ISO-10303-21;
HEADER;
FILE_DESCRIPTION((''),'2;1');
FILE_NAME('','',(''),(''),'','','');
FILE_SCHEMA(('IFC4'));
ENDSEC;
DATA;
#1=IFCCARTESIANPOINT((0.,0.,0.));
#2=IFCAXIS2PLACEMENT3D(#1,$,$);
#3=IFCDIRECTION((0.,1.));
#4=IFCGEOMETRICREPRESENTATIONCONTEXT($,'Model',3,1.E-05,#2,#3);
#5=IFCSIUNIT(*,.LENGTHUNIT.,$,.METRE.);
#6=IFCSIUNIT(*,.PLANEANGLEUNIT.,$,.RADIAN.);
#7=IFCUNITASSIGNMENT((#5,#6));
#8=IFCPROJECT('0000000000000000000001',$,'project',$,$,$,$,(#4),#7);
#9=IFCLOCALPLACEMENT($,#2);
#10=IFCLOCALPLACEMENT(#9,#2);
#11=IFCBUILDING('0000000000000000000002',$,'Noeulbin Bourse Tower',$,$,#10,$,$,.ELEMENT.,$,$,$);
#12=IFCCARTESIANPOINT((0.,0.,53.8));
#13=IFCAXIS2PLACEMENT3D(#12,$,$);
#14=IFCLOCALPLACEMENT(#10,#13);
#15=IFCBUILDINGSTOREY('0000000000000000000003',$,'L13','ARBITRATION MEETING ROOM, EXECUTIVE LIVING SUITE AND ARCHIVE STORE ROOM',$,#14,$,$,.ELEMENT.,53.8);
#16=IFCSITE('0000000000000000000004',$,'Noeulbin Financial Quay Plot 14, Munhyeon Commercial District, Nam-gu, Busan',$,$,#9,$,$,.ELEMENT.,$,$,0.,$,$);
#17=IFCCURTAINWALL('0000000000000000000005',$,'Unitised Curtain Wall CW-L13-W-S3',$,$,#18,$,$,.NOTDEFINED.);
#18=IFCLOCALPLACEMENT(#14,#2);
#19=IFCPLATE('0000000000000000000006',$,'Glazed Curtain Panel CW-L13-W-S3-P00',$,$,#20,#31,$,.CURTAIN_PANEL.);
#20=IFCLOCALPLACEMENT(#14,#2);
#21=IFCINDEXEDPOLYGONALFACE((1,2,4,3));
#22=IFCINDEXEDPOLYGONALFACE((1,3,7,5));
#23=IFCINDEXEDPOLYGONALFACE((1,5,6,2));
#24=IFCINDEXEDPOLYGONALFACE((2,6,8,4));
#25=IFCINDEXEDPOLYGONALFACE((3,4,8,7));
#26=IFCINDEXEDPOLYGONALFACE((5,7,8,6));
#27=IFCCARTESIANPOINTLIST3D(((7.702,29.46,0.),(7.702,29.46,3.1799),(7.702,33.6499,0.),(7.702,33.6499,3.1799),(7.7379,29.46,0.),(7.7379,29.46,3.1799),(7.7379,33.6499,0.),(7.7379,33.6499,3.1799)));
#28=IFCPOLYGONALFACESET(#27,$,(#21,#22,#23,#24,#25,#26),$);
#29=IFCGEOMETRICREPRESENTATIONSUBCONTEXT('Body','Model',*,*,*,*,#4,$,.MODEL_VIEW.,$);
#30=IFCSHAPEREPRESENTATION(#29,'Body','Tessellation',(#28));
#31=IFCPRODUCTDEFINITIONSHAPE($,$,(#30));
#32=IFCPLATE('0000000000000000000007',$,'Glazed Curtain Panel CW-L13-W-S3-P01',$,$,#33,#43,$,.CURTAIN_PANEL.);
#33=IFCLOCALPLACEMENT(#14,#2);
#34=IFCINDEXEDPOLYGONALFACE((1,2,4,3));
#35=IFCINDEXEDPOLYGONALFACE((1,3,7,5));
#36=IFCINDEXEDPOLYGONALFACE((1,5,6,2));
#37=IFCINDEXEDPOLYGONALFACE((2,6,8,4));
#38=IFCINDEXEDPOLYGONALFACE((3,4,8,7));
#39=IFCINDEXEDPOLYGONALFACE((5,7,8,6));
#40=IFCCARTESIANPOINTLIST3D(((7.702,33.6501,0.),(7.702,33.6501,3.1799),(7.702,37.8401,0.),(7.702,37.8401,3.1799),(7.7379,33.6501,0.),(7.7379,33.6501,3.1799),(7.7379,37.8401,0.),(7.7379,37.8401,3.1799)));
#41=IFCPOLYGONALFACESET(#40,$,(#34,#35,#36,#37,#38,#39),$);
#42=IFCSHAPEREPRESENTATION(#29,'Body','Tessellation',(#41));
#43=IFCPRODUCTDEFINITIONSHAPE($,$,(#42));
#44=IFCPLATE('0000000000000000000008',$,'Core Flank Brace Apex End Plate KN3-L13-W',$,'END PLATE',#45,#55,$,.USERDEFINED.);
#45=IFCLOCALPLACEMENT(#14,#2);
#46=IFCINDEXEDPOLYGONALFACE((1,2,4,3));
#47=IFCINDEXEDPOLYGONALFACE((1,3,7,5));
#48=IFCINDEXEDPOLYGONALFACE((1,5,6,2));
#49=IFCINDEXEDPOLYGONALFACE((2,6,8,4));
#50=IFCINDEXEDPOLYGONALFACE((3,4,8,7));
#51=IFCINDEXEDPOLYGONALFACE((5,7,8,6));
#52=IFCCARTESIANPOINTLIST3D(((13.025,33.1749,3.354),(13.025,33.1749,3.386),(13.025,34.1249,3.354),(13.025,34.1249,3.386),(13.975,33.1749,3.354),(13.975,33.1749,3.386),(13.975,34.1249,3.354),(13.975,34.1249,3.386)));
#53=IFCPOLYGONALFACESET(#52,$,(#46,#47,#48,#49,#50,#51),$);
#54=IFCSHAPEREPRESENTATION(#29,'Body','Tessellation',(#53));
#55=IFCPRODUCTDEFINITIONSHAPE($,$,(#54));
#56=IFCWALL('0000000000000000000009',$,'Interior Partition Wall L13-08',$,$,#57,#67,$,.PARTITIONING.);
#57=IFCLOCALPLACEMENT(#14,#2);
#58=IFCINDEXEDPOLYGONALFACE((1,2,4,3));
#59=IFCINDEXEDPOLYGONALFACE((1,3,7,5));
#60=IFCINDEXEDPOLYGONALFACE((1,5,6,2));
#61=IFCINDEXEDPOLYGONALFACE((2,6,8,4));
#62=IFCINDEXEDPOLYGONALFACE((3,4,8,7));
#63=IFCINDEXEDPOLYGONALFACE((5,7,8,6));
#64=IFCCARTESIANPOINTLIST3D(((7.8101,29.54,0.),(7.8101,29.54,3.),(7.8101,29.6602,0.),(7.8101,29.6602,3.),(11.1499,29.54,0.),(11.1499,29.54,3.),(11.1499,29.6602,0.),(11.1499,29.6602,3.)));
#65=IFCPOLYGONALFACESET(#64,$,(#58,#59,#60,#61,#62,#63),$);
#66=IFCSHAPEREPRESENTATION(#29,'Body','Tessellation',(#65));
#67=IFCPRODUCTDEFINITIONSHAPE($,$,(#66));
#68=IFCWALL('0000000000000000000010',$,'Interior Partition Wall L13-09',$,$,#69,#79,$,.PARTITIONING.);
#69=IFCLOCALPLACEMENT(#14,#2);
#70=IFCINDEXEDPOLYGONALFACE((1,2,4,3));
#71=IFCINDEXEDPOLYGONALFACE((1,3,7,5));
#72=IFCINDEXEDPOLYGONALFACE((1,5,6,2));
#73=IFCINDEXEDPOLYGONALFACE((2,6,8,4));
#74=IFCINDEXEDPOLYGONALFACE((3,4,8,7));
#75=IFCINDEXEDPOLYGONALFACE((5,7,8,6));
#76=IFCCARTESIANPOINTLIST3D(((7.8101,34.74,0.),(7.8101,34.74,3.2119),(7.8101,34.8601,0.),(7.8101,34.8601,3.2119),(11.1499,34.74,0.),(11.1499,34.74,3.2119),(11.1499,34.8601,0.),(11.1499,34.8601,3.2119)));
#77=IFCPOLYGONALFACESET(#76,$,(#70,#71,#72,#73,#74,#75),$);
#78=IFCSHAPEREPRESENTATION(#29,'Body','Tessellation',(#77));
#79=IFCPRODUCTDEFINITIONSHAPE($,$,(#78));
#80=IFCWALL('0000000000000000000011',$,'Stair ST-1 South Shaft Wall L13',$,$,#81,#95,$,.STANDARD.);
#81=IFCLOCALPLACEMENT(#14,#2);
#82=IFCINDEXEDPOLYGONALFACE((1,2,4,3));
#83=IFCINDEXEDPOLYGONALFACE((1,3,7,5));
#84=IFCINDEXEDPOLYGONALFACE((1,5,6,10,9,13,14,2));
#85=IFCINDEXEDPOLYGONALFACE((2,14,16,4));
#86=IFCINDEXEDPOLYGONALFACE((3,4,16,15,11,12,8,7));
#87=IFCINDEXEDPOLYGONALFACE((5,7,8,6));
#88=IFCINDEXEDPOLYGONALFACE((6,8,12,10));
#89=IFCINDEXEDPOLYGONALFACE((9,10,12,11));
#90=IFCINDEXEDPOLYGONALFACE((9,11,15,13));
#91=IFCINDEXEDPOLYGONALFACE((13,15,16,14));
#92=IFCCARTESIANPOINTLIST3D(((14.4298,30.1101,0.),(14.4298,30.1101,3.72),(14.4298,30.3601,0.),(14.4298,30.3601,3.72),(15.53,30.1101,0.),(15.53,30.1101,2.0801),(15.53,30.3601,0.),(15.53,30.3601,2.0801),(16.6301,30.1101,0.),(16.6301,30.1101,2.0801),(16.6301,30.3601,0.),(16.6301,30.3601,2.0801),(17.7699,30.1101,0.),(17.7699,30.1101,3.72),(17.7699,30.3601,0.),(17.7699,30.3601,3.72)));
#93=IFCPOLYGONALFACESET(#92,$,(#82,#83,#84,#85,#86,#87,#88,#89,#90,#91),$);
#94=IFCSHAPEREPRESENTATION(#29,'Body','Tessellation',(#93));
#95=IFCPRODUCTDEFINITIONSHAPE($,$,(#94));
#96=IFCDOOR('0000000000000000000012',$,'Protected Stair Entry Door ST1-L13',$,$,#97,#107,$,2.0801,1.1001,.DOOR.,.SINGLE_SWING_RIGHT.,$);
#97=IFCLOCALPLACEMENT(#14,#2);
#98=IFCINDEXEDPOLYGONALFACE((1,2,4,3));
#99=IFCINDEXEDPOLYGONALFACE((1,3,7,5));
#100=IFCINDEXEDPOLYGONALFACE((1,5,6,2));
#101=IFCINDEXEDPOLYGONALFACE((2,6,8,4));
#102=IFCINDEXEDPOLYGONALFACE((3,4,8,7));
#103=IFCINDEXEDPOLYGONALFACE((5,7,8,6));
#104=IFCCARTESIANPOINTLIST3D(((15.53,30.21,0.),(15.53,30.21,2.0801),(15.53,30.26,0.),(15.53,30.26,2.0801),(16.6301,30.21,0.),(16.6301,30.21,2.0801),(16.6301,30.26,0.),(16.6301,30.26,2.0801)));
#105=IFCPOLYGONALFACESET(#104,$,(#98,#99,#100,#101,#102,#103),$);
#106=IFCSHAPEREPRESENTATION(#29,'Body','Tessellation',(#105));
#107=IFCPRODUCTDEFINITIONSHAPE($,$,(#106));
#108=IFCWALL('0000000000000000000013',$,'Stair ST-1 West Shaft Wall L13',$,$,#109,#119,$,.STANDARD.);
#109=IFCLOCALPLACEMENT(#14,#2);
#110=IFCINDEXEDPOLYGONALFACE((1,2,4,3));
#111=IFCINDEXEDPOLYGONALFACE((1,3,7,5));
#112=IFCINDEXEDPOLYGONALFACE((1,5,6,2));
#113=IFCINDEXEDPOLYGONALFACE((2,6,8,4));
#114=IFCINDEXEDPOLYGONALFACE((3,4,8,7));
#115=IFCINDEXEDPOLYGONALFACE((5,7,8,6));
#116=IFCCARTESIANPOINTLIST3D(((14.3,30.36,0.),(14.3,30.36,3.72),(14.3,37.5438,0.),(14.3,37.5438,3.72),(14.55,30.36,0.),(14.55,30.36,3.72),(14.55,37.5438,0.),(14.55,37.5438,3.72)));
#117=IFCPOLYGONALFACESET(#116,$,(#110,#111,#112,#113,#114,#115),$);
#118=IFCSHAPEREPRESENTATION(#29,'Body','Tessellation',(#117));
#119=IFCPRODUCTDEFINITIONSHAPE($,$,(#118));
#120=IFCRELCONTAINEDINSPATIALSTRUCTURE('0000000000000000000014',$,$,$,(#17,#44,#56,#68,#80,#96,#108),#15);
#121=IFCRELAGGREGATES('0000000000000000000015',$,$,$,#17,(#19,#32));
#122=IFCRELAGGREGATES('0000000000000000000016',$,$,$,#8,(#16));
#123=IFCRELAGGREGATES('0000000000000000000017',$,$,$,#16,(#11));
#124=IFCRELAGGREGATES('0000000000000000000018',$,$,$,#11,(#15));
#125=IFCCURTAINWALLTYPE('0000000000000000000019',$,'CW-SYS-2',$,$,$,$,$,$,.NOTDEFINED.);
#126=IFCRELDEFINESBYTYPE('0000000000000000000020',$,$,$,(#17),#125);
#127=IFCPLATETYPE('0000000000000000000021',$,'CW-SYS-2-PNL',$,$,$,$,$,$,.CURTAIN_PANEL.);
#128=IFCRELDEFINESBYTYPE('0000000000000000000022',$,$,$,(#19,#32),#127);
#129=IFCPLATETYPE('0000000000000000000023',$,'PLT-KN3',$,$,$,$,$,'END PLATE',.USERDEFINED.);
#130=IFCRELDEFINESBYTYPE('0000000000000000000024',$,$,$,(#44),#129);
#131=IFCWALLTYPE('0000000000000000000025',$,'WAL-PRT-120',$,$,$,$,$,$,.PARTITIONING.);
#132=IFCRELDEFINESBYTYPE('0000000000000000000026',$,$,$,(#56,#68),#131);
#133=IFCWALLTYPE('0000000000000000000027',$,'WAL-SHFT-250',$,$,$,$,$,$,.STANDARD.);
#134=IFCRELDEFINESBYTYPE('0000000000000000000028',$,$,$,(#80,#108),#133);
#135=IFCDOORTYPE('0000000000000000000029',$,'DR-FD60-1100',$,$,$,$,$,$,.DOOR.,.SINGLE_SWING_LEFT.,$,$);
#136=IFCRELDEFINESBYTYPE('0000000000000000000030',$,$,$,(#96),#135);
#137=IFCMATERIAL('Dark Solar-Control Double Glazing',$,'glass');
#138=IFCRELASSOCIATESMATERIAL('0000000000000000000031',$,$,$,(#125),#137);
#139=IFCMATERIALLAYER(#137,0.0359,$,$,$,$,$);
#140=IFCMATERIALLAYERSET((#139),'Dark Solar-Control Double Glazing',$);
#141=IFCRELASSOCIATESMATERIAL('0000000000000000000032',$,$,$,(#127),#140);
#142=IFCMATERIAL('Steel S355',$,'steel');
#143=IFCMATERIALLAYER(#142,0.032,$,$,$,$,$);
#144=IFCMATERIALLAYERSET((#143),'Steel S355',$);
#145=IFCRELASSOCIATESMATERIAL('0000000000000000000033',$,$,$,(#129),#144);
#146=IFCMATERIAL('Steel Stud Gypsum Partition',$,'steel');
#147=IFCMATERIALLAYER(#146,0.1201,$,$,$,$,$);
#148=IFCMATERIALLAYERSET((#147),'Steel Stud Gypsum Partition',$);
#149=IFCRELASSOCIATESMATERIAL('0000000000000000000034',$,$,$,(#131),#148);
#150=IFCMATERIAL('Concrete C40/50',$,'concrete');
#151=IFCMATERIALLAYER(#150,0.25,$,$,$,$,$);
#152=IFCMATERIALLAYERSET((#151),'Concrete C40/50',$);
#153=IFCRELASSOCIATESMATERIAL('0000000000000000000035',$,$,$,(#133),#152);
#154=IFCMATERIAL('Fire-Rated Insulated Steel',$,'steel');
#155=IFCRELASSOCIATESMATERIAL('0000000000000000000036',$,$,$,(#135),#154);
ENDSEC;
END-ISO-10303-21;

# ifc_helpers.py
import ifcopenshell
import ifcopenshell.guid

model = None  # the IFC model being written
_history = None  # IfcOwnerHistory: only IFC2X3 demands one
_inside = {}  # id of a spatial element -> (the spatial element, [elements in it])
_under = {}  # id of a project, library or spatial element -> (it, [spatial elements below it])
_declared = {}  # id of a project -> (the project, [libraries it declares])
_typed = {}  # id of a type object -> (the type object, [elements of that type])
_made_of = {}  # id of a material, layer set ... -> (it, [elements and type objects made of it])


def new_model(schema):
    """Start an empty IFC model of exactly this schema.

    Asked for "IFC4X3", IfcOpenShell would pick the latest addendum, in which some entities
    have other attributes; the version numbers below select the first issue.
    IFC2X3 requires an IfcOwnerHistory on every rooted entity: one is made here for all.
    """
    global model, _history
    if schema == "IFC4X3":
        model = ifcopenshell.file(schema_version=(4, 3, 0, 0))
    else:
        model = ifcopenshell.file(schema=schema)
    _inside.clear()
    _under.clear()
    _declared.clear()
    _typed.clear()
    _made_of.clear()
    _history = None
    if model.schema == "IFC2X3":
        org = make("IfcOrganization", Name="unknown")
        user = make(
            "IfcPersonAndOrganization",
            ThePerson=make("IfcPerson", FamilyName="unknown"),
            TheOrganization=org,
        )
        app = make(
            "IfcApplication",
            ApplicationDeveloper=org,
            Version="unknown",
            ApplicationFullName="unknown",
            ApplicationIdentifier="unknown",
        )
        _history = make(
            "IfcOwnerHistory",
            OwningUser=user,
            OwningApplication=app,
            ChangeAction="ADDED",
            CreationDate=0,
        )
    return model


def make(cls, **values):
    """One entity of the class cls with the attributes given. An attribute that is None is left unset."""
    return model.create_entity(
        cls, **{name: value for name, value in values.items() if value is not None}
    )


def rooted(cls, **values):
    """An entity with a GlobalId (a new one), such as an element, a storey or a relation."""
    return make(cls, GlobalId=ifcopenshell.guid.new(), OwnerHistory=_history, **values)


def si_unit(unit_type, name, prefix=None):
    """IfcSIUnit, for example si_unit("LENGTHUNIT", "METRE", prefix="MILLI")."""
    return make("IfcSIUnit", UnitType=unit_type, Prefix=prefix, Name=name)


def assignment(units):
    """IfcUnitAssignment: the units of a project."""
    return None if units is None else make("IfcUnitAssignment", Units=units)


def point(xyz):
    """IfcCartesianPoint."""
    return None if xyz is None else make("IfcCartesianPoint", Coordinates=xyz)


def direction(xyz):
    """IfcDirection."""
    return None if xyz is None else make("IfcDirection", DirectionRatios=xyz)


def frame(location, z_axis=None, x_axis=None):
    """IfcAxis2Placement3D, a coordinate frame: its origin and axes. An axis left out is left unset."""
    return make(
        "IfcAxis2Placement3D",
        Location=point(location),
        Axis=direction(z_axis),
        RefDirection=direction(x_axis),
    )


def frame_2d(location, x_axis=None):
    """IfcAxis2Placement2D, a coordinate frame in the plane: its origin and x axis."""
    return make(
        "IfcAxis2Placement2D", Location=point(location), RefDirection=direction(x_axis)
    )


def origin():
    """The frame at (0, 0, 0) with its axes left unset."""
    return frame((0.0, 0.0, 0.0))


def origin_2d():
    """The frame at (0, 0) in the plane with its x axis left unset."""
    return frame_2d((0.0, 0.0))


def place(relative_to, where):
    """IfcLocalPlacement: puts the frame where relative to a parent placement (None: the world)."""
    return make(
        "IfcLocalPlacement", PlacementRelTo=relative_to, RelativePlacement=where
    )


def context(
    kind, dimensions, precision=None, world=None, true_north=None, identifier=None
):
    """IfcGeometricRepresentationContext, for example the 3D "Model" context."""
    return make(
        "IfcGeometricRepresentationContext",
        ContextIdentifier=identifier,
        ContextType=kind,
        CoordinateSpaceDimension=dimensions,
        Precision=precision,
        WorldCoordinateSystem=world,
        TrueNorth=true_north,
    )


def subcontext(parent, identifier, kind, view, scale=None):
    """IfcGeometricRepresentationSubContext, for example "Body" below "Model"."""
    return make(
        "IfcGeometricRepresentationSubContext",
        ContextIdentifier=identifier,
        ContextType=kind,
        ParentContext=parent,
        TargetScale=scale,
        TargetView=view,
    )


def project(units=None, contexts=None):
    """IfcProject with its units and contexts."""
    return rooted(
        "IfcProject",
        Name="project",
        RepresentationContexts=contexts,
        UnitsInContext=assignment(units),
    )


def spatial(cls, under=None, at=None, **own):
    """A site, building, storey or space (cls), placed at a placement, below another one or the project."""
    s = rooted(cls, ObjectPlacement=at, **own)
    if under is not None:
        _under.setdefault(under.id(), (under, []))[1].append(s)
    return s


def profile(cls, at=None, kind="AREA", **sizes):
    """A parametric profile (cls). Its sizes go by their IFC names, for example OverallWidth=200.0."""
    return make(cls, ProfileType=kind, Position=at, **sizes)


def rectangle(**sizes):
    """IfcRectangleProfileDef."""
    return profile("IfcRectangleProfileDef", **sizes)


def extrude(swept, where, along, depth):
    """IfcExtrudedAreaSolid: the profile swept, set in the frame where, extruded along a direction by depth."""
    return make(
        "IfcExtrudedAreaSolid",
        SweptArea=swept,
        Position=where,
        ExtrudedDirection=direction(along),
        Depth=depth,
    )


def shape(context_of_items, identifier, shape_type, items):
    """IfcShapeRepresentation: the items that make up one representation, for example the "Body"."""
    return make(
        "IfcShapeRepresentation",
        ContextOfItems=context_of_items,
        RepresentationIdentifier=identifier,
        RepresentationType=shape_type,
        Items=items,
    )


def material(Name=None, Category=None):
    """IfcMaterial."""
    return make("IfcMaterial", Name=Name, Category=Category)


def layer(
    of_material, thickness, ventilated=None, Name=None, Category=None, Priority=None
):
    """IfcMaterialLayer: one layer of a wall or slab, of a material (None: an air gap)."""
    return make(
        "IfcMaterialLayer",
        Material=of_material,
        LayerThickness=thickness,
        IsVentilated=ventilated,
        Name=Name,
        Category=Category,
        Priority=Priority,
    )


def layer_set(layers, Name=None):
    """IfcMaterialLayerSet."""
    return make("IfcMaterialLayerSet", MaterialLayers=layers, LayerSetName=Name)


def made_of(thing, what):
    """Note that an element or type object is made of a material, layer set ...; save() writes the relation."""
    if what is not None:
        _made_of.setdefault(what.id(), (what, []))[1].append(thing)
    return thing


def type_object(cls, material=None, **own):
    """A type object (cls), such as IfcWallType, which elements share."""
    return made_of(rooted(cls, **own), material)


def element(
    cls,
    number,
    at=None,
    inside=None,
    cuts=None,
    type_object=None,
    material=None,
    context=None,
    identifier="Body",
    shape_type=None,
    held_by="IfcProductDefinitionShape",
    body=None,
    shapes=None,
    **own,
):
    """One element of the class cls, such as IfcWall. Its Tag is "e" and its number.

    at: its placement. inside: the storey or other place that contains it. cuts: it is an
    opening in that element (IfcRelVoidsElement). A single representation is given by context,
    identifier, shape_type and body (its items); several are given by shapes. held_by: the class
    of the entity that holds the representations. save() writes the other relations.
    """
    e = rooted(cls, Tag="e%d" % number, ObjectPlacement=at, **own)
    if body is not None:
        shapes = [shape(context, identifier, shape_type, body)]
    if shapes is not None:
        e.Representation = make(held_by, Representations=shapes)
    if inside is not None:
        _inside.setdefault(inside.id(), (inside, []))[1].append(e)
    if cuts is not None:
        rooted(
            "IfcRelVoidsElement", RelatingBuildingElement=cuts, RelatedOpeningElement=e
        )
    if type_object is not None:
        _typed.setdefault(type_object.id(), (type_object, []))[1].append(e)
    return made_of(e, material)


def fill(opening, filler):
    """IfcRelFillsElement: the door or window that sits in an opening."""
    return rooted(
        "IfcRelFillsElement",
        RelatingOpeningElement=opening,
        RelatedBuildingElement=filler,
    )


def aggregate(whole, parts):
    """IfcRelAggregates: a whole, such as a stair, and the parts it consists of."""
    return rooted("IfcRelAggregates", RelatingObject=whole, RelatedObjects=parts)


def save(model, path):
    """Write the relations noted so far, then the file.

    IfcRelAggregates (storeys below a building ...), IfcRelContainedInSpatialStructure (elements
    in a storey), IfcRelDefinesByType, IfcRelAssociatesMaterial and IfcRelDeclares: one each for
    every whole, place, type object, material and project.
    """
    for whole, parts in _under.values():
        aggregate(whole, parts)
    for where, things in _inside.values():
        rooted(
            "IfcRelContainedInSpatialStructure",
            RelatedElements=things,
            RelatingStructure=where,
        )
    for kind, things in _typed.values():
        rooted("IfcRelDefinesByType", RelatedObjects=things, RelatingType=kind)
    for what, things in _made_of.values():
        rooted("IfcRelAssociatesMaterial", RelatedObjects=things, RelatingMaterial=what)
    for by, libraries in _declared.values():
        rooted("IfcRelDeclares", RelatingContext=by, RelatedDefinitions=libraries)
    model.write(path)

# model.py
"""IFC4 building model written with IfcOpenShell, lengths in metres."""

from ifc_helpers import new_model, si_unit, direction, frame, frame_2d, origin, origin_2d, place, context, subcontext, project, spatial, rectangle, extrude, material, layer, layer_set, type_object, element, fill, aggregate, save


model = new_model("IFC4")

# Units and contexts
model_context = context("Model", 3, precision=1e-05, world=origin(), true_north=direction((0.0, 1.0)))
body_context = subcontext(model_context, "Body", "Model", "MODEL_VIEW")
ifc_project = project(units=[si_unit("LENGTHUNIT", "METRE"), si_unit("PLANEANGLEUNIT", "RADIAN")], contexts=[model_context])

# Site, building, storey
site_placement = place(None, origin())
site = spatial("IfcSite", under=ifc_project, at=site_placement, Name="Noeulbin Financial Quay Plot 14, Munhyeon Commercial District, Nam-gu, Busan", CompositionType="ELEMENT", RefElevation=0.0)
building_placement = place(site_placement, origin())
building = spatial("IfcBuilding", under=site, at=building_placement, Name="Noeulbin Bourse Tower", CompositionType="ELEMENT")
storey_placement = place(building_placement, frame((0.0, 0.0, 53.8)))
storey = spatial("IfcBuildingStorey", under=building, at=storey_placement, Name="L13", Description="ARBITRATION MEETING ROOM, EXECUTIVE LIVING SUITE AND ARCHIVE STORE ROOM", CompositionType="ELEMENT", Elevation=53.8)

# Shared definitions
ifc_material_1 = material(Name="Steel S355", Category="steel")

# Curtain wall
ifc_material_2 = material(Name="Dark Solar-Control Double Glazing", Category="glass")
curtain_wall_type = type_object("IfcCurtainWallType", Name="CW-SYS-2", PredefinedType="NOTDEFINED", material=ifc_material_2)
curtain_wall_placement = place(storey_placement, origin())
curtain_wall = element("IfcCurtainWall", 1, at=curtain_wall_placement, inside=storey, type_object=curtain_wall_type, Name="Unitised Curtain Wall CW-L13-W-S3", PredefinedType="NOTDEFINED")

# Plates
ifc_layer_1 = layer(ifc_material_2, 0.0359)
ifc_layer_set_1 = layer_set([ifc_layer_1], Name="Dark Solar-Control Double Glazing")
plate_type_1 = type_object("IfcPlateType", Name="CW-SYS-2-PNL", PredefinedType="CURTAIN_PANEL", material=ifc_layer_set_1)
plate_1_placement = place(storey_placement, frame((7.72, 31.5549, 0.0), z_axis=(0.0, 0.0, 1.0), x_axis=(0.0, 1.0, 0.0)))
plate_1 = element("IfcPlate", 2, at=plate_1_placement, type_object=plate_type_1, Name="Glazed Curtain Panel CW-L13-W-S3-P00", PredefinedType="CURTAIN_PANEL", context=body_context, shape_type="SweptSolid", body=[
    extrude(rectangle(XDim=4.1899, YDim=0.0359, at=origin_2d()), origin(), (0.0, 0.0, 1.0), 3.1799),
])
plate_2_placement = place(storey_placement, frame((7.72, 35.7451, 0.0), z_axis=(0.0, 0.0, 1.0), x_axis=(0.0, 1.0, 0.0)))
plate_2 = element("IfcPlate", 3, at=plate_2_placement, type_object=plate_type_1, Name="Glazed Curtain Panel CW-L13-W-S3-P01", PredefinedType="CURTAIN_PANEL", context=body_context, shape_type="SweptSolid", body=[
    extrude(rectangle(XDim=4.1899, YDim=0.0359, at=origin_2d()), origin(), (0.0, 0.0, 1.0), 3.1799),
])
aggregate(curtain_wall, [plate_1, plate_2])
ifc_layer_2 = layer(ifc_material_1, 0.032)
ifc_layer_set_2 = layer_set([ifc_layer_2], Name="Steel S355")
plate_type_2 = type_object("IfcPlateType", Name="PLT-KN3", ElementType="END PLATE", PredefinedType="USERDEFINED", material=ifc_layer_set_2)
plate_3_placement = place(storey_placement, frame((13.5, 33.6499, 3.354), z_axis=(0.0, 0.0, 1.0), x_axis=(1.0, 0.0, 0.0)))
element("IfcPlate", 4, at=plate_3_placement, inside=storey, type_object=plate_type_2, Name="Core Flank Brace Apex End Plate KN3-L13-W", ObjectType="END PLATE", PredefinedType="USERDEFINED", context=body_context, shape_type="SweptSolid", body=[
    extrude(rectangle(XDim=0.95, YDim=0.95, at=origin_2d()), origin(), (0.0, 0.0, 1.0), 0.032),
])

# Walls
ifc_material_3 = material(Name="Steel Stud Gypsum Partition", Category="steel")
ifc_layer_3 = layer(ifc_material_3, 0.1201)
ifc_layer_set_3 = layer_set([ifc_layer_3], Name="Steel Stud Gypsum Partition")
wall_type_1 = type_object("IfcWallType", Name="WAL-PRT-120", PredefinedType="PARTITIONING", material=ifc_layer_set_3)
wall_1_placement = place(storey_placement, frame((7.8101, 29.6001, 0.0), z_axis=(0.0, 0.0, 1.0), x_axis=(1.0, 0.0, 0.0)))
element("IfcWall", 5, at=wall_1_placement, inside=storey, type_object=wall_type_1, Name="Interior Partition Wall L13-08", PredefinedType="PARTITIONING", context=body_context, shape_type="SweptSolid", body=[
    extrude(rectangle(XDim=3.3398, YDim=0.1201, at=frame_2d((1.6699, 0.0))), origin(), (0.0, 0.0, 1.0), 3.0),
])
wall_2_placement = place(storey_placement, frame((7.8101, 34.8, 0.0), z_axis=(0.0, 0.0, 1.0), x_axis=(1.0, 0.0, 0.0)))
element("IfcWall", 6, at=wall_2_placement, inside=storey, type_object=wall_type_1, Name="Interior Partition Wall L13-09", PredefinedType="PARTITIONING", context=body_context, shape_type="SweptSolid", body=[
    extrude(rectangle(XDim=3.3398, YDim=0.1201, at=frame_2d((1.6699, 0.0))), origin(), (0.0, 0.0, 1.0), 3.2119),
])

# Wall, opening, door
ifc_material_4 = material(Name="Concrete C40/50", Category="concrete")
ifc_layer_4 = layer(ifc_material_4, 0.25)
ifc_layer_set_4 = layer_set([ifc_layer_4], Name="Concrete C40/50")
wall_type_2 = type_object("IfcWallType", Name="WAL-SHFT-250", PredefinedType="STANDARD", material=ifc_layer_set_4)
wall_3_placement = place(storey_placement, frame((14.4299, 30.2351, 0.0), z_axis=(0.0, 0.0, 1.0), x_axis=(1.0, 0.0, 0.0)))
wall_3 = element("IfcWall", 7, at=wall_3_placement, inside=storey, type_object=wall_type_2, Name="Stair ST-1 South Shaft Wall L13", PredefinedType="STANDARD", context=body_context, shape_type="SweptSolid", body=[
    extrude(rectangle(XDim=3.3401, YDim=0.25, at=frame_2d((1.6699, 0.0))), origin(), (0.0, 0.0, 1.0), 3.72),
])
opening_placement = place(wall_3_placement, frame((1.1001, 0.0, 0.0)))
opening = element("IfcOpeningElement", 8, at=opening_placement, cuts=wall_3, PredefinedType="OPENING", context=body_context, shape_type="SweptSolid", body=[
    extrude(rectangle(XDim=1.1001, YDim=2.0801, at=frame_2d((0.55, 1.04))), frame((0.0, 0.135, 0.0), z_axis=(0.0, -1.0, 0.0), x_axis=(1.0, 0.0, 0.0)), (0.0, 0.0, 1.0), 0.27),
])
ifc_material_5 = material(Name="Fire-Rated Insulated Steel", Category="steel")
door_type = type_object("IfcDoorType", Name="DR-FD60-1100", OperationType="SINGLE_SWING_LEFT", PredefinedType="DOOR", material=ifc_material_5)
door_placement = place(opening_placement, origin())
door = element("IfcDoor", 9, at=door_placement, inside=storey, type_object=door_type, Name="Protected Stair Entry Door ST1-L13", OperationType="SINGLE_SWING_RIGHT", OverallHeight=2.0801, OverallWidth=1.1001, PredefinedType="DOOR", context=body_context, shape_type="SweptSolid", body=[
    extrude(rectangle(XDim=1.1001, YDim=2.0801, at=frame_2d((0.55, 1.04))), frame((0.0, 0.0249, 0.0), z_axis=(0.0, -1.0, 0.0), x_axis=(1.0, 0.0, 0.0)), (0.0, 0.0, 1.0), 0.05),
])
fill(opening, door)

# Wall
wall_4_placement = place(storey_placement, frame((14.425, 30.3601, 0.0), z_axis=(0.0, 0.0, 1.0), x_axis=(0.0, 1.0, 0.0)))
element("IfcWall", 10, at=wall_4_placement, inside=storey, type_object=wall_type_2, Name="Stair ST-1 West Shaft Wall L13", PredefinedType="STANDARD", context=body_context, shape_type="SweptSolid", body=[
    extrude(rectangle(XDim=7.1838, YDim=0.25, at=frame_2d((3.5918, 0.0))), origin(), (0.0, 0.0, 1.0), 3.72),
])

save(model, "model.ifc")
